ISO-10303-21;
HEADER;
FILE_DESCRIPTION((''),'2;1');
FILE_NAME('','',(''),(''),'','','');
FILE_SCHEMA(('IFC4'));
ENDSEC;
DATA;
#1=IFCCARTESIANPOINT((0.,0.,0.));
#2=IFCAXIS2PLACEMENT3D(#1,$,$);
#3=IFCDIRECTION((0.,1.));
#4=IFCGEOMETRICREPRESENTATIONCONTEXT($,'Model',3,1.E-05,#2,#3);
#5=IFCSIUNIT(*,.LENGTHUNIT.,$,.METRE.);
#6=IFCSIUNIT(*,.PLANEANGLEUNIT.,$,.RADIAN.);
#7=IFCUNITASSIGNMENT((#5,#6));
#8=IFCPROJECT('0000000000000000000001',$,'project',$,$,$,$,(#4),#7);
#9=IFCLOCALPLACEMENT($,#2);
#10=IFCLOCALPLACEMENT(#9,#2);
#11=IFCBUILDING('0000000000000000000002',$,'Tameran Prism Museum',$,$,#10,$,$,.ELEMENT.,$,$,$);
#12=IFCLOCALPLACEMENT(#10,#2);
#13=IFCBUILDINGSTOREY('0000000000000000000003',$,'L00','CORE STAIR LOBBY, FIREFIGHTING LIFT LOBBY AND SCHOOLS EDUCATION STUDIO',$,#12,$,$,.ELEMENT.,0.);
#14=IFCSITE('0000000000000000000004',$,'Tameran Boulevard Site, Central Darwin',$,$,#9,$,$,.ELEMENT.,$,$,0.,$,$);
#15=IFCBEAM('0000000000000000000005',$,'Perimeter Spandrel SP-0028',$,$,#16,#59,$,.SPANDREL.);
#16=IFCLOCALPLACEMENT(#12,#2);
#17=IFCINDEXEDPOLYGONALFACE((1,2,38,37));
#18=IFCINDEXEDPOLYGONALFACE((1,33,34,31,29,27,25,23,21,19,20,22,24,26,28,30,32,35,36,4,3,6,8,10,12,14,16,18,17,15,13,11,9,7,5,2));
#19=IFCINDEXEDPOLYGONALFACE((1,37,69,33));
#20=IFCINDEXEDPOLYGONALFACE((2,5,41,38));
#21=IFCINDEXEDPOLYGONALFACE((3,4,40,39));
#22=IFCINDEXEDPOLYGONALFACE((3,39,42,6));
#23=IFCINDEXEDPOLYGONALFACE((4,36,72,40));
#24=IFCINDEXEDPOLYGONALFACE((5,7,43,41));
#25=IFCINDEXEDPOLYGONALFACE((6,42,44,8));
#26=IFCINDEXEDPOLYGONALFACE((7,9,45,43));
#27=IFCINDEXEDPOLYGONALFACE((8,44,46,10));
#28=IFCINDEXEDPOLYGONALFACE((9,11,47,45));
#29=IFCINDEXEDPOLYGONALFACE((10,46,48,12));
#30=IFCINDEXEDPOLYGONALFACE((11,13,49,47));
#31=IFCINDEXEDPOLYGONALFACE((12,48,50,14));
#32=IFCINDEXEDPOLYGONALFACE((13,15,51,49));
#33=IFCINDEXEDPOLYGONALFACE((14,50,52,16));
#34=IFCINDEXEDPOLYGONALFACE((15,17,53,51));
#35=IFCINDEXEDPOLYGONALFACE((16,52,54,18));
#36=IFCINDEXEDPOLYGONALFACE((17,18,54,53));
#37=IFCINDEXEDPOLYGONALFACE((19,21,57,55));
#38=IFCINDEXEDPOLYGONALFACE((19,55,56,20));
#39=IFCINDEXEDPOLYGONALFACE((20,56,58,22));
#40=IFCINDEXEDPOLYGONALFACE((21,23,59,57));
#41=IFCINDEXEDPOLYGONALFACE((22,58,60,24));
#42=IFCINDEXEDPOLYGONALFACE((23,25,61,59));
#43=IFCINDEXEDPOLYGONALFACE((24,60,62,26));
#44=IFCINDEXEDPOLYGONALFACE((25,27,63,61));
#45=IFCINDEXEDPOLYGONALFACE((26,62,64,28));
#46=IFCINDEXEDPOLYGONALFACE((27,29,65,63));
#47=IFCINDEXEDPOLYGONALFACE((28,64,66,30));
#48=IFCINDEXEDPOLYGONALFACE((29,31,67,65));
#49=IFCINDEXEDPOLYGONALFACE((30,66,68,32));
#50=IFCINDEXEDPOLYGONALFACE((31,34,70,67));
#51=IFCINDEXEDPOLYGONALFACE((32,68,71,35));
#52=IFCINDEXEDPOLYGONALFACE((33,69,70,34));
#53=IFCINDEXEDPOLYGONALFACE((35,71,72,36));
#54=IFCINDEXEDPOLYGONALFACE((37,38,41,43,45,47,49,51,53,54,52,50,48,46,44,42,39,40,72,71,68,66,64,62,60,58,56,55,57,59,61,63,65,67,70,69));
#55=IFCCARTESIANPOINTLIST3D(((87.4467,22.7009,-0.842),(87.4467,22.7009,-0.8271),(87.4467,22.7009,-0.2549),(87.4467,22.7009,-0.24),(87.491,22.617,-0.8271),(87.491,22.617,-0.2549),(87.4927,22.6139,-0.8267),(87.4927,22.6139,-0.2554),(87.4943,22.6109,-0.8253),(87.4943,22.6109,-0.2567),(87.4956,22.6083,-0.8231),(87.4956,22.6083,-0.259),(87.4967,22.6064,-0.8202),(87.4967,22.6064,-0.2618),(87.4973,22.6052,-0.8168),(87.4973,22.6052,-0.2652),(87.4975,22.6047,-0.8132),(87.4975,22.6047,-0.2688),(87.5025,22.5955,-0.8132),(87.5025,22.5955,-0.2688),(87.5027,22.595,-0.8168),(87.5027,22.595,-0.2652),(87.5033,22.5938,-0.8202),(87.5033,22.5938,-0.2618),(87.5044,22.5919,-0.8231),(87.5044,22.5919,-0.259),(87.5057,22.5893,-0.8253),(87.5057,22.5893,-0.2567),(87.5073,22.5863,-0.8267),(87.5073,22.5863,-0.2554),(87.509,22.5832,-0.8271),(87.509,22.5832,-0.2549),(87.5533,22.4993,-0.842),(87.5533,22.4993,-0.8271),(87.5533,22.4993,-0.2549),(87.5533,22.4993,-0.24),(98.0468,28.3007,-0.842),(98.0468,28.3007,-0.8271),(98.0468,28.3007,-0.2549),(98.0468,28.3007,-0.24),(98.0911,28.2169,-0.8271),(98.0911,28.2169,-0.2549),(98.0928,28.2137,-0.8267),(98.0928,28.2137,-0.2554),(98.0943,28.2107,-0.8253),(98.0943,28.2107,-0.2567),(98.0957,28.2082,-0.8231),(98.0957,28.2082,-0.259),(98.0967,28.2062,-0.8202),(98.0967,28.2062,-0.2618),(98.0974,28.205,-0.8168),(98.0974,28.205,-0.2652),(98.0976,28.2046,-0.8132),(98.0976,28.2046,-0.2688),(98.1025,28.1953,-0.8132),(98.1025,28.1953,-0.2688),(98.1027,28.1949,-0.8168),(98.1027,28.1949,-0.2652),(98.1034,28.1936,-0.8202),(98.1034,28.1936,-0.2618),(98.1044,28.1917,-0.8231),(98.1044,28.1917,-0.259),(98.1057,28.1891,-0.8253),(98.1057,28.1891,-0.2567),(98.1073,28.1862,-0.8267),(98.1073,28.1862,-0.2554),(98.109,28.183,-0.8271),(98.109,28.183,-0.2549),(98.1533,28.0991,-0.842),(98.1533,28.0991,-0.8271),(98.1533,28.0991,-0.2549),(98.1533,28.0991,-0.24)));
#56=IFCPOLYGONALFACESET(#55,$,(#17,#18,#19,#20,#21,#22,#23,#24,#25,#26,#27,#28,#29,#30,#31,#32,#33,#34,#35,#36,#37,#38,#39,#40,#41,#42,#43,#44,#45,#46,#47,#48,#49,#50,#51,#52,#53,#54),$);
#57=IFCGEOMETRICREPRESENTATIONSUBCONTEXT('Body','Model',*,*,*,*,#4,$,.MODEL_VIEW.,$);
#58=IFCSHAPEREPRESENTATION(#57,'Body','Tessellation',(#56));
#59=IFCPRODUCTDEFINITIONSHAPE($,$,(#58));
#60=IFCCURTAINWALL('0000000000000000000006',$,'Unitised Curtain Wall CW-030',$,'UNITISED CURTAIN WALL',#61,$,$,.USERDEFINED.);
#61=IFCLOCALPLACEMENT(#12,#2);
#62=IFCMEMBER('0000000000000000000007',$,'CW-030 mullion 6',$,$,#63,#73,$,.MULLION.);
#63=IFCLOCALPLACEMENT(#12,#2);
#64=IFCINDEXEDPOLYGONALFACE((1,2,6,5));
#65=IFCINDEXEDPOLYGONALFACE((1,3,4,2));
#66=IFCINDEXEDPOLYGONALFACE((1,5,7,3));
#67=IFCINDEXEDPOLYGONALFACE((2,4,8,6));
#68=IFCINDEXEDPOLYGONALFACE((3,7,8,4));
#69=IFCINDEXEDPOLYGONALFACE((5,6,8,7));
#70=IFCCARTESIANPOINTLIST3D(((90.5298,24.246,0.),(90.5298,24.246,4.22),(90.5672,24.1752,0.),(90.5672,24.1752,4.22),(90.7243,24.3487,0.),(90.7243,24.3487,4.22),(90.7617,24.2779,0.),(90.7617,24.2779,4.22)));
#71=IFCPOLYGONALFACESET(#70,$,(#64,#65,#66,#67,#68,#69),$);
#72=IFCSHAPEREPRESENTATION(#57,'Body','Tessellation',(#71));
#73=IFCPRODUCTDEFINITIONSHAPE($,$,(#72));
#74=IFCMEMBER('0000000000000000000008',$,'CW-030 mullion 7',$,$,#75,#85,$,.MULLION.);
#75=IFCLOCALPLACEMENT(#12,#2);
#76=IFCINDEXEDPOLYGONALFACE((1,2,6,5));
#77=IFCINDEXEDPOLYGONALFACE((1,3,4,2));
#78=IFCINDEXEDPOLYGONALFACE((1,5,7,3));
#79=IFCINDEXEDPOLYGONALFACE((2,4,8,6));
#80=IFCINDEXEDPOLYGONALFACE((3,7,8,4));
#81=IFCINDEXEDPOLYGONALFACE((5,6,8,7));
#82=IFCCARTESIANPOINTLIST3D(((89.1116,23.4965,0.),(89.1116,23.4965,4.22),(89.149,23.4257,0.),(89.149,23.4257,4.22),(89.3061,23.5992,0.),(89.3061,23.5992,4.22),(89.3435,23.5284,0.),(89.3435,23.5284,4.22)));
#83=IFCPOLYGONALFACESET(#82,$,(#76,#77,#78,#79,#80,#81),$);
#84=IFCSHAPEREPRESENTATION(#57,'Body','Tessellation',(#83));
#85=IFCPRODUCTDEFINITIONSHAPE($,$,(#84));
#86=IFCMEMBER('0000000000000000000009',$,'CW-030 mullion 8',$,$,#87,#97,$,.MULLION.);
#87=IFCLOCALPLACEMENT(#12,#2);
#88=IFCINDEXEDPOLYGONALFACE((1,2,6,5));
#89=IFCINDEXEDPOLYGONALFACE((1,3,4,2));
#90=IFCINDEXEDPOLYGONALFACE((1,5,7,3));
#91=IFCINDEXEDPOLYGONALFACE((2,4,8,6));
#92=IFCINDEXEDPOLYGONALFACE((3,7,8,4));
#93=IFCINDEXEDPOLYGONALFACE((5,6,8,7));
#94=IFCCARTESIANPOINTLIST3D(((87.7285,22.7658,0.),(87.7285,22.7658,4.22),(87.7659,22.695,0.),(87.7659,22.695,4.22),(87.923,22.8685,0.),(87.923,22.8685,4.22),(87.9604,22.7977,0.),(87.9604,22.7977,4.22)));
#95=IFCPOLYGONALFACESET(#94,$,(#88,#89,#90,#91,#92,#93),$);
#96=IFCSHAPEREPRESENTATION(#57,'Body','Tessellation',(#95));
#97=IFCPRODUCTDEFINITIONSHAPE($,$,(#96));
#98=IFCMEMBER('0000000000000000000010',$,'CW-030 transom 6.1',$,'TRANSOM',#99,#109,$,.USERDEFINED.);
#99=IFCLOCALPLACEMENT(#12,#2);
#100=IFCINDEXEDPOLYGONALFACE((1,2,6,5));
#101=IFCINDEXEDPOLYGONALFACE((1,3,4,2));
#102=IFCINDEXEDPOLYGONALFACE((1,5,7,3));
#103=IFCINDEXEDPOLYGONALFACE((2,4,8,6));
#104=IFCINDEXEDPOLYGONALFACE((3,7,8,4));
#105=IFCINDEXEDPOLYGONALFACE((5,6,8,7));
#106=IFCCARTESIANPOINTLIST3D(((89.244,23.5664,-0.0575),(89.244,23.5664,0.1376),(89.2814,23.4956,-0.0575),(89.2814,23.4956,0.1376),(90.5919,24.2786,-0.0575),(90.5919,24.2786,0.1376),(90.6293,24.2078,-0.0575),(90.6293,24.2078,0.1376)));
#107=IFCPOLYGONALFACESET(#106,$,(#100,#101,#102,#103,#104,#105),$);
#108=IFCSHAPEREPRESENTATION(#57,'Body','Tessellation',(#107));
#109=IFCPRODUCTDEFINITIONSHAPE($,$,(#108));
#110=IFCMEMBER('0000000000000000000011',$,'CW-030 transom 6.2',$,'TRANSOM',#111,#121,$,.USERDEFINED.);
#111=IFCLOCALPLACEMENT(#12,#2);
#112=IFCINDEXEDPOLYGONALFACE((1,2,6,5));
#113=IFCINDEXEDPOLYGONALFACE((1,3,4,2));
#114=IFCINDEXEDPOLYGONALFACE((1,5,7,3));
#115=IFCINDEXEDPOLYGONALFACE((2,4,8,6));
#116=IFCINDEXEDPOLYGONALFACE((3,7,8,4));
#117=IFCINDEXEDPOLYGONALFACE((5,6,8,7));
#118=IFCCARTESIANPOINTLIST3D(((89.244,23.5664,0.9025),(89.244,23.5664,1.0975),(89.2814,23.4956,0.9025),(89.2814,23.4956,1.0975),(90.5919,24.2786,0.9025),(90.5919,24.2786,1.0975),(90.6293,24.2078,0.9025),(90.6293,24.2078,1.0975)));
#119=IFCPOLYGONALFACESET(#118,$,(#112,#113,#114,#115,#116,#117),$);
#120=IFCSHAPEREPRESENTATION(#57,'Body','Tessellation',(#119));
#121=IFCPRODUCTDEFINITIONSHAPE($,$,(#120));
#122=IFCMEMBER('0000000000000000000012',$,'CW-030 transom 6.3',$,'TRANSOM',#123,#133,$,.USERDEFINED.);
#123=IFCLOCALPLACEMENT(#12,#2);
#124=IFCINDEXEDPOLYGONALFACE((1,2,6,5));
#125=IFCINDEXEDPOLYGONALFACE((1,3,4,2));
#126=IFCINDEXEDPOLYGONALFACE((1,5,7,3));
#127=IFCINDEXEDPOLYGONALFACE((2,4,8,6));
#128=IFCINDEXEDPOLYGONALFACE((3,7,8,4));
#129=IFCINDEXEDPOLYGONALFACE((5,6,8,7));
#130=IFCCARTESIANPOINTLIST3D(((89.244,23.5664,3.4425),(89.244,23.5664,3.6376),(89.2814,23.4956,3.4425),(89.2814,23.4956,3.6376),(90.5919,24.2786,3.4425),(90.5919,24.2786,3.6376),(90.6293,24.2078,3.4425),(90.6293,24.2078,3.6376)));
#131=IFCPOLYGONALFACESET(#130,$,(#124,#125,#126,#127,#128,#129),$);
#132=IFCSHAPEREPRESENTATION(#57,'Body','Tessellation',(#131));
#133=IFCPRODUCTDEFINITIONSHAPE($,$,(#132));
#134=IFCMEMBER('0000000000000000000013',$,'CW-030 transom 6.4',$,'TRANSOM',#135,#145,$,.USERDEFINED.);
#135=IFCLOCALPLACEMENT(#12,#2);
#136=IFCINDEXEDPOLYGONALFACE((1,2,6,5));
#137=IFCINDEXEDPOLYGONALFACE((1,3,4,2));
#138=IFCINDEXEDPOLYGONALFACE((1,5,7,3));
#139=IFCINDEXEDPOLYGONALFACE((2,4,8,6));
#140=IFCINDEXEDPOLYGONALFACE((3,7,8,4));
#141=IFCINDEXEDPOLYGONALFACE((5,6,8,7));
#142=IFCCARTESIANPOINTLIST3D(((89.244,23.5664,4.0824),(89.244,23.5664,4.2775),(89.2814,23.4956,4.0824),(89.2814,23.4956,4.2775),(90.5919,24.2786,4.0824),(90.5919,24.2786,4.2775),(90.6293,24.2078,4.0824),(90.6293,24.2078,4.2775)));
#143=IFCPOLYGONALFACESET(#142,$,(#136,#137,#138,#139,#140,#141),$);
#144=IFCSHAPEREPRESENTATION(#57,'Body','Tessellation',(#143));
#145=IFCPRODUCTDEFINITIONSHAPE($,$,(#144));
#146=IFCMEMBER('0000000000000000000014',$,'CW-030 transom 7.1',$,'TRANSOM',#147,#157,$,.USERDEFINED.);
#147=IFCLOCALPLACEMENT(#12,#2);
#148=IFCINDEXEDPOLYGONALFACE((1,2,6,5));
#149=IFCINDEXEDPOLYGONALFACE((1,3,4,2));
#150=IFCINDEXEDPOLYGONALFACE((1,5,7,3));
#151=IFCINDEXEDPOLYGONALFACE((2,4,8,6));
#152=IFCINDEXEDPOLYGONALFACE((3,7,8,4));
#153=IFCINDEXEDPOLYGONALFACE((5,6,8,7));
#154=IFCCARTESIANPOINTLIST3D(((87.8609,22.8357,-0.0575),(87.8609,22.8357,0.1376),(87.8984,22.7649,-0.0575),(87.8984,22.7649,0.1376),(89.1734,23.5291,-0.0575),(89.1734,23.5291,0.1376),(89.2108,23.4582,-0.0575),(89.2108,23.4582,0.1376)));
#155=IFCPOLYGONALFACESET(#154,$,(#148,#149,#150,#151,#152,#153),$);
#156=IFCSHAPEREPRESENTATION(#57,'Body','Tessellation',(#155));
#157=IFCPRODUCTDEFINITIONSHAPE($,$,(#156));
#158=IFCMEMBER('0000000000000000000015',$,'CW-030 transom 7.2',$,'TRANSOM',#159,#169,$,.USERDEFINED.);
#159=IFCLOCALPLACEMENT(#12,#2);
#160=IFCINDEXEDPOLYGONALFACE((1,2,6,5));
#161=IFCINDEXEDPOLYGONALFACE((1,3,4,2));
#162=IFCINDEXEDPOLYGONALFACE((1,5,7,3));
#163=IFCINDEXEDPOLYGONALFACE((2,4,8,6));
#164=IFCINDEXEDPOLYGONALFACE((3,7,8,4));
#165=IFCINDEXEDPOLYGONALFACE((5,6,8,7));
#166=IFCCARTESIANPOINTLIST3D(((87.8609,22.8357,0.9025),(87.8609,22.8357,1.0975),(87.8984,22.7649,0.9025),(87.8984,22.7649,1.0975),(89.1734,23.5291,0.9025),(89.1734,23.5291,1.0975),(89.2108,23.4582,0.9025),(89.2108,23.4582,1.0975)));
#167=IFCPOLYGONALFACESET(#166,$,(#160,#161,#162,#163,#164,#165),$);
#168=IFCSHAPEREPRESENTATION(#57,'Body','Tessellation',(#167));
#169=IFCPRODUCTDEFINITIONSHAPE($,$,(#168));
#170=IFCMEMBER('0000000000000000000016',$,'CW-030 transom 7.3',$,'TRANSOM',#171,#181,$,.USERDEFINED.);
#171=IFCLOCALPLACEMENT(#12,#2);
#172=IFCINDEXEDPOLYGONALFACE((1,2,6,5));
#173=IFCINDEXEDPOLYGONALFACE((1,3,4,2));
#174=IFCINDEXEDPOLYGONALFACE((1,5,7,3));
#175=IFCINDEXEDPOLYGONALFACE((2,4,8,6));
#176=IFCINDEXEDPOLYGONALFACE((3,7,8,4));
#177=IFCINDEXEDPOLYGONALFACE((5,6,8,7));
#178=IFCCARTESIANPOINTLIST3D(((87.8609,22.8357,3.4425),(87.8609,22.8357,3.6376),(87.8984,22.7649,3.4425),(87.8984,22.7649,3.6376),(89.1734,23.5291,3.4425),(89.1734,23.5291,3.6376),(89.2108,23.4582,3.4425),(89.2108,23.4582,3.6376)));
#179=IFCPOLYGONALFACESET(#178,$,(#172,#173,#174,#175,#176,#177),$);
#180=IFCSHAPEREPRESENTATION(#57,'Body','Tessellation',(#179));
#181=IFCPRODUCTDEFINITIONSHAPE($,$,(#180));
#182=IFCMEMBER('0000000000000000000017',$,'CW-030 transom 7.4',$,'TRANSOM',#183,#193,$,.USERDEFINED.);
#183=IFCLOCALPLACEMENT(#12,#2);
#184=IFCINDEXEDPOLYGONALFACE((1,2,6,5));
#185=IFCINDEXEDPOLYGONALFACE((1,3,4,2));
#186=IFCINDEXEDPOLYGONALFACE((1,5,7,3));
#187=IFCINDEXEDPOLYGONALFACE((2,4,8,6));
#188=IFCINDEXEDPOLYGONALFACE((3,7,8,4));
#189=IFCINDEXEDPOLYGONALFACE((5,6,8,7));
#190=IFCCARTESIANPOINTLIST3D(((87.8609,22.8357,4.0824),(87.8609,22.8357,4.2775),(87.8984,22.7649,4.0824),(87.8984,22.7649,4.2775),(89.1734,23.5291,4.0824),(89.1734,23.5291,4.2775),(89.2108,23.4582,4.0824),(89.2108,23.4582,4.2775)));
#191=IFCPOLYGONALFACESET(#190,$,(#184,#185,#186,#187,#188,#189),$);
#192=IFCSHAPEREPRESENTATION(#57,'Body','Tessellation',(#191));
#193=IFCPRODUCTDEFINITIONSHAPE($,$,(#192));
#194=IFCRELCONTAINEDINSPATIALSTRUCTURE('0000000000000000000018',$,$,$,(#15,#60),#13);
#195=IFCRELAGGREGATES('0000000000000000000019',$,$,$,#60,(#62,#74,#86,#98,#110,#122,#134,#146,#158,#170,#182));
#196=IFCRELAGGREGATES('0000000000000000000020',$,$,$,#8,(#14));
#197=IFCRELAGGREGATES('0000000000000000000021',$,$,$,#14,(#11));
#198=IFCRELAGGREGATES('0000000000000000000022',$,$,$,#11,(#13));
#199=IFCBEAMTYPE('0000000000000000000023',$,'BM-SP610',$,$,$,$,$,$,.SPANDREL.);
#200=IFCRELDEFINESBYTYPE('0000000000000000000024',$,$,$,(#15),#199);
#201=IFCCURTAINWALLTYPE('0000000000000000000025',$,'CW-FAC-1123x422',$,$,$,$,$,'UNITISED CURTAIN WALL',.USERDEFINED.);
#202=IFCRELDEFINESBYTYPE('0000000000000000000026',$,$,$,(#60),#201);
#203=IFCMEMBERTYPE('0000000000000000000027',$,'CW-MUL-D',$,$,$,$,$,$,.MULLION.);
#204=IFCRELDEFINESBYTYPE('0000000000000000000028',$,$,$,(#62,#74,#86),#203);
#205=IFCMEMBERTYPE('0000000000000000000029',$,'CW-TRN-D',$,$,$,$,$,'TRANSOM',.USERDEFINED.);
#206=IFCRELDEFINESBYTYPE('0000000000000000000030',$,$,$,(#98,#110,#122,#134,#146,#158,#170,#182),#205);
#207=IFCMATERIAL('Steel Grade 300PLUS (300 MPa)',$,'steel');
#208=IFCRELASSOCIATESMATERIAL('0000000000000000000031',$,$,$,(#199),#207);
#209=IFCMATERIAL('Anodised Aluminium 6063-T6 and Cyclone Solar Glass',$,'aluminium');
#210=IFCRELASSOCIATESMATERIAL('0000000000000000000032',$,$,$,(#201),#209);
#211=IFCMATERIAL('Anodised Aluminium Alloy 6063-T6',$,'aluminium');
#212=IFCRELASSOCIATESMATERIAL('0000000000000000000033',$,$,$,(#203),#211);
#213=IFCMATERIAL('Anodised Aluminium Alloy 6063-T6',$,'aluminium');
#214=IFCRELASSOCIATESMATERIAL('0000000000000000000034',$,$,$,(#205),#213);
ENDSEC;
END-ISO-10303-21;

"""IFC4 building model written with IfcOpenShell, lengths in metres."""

from ifc_helpers import new_model, si_unit, direction, frame, origin, origin_2d, place, context, subcontext, project, spatial, rectangle, i_section, extrude, material, material_profile, profile_set, type_object, element, aggregate, save


model = new_model("IFC4")

# Units and contexts
model_context = context("Model", 3, precision=1e-05, world=origin(), true_north=direction((0.0, 1.0)))
body_context = subcontext(model_context, "Body", "Model", "MODEL_VIEW")
ifc_project = project(units=[si_unit("LENGTHUNIT", "METRE"), si_unit("PLANEANGLEUNIT", "RADIAN")], contexts=[model_context])

# Site, building, storey
site_placement = place(None, origin())
site = spatial("IfcSite", under=ifc_project, at=site_placement, Name="Tameran Boulevard Site, Central Darwin", CompositionType="ELEMENT", RefElevation=0.0)
building_placement = place(site_placement, origin())
building = spatial("IfcBuilding", under=site, at=building_placement, Name="Tameran Prism Museum", CompositionType="ELEMENT")
storey_placement = place(building_placement, origin())
storey = spatial("IfcBuildingStorey", under=building, at=storey_placement, Name="L00", Description="CORE STAIR LOBBY, FIREFIGHTING LIFT LOBBY AND SCHOOLS EDUCATION STUDIO", CompositionType="ELEMENT", Elevation=0.0)

# Beam
ifc_material_1 = material(Name="Steel Grade 300PLUS (300 MPa)", Category="steel")
ifc_material_profile_1 = material_profile(ifc_material_1, i_section(OverallWidth=0.228, OverallDepth=0.6021, WebThickness=0.0105, FlangeThickness=0.0149, FilletRadius=0.0139, at=origin_2d()))
ifc_profile_set_1 = profile_set([ifc_material_profile_1])
beam_type_1 = type_object("IfcBeamType", Name="BM-SP610", PredefinedType="SPANDREL", material=ifc_profile_set_1)
beam_1_placement = place(storey_placement, frame((87.5, 22.6001, -0.541), z_axis=(0.8842, 0.467108, 0.0), x_axis=(-0.467108, 0.8842, 0.0)))
element("IfcBeam", 1, at=beam_1_placement, inside=storey, type_object=beam_type_1, Name="Perimeter Spandrel SP-0028", PredefinedType="SPANDREL", context=body_context, shape_type="SweptSolid", body=[
    extrude(i_section(OverallWidth=0.228, OverallDepth=0.6021, WebThickness=0.0105, FlangeThickness=0.0149, FilletRadius=0.0139, at=origin_2d()), origin(), (0.0, 0.0, 1.0), 11.9883),
])

# Curtain wall, members
ifc_material_2 = material(Name="Anodised Aluminium 6063-T6 and Cyclone Solar Glass", Category="aluminium")
curtain_wall_type = type_object("IfcCurtainWallType", Name="CW-FAC-1123x422", ElementType="UNITISED CURTAIN WALL", PredefinedType="USERDEFINED", material=ifc_material_2)
curtain_wall_placement = place(storey_placement, origin())
curtain_wall = element("IfcCurtainWall", 2, at=curtain_wall_placement, inside=storey, type_object=curtain_wall_type, Name="Unitised Curtain Wall CW-030", ObjectType="UNITISED CURTAIN WALL", PredefinedType="USERDEFINED")
ifc_material_3 = material(Name="Anodised Aluminium Alloy 6063-T6", Category="aluminium")
ifc_material_profile_2 = material_profile(ifc_material_3, rectangle(XDim=0.0801, YDim=0.22, at=origin_2d()))
ifc_profile_set_2 = profile_set([ifc_material_profile_2])
member_type_1 = type_object("IfcMemberType", Name="CW-MUL-D", PredefinedType="MULLION", material=ifc_profile_set_2)
member_1_placement = place(storey_placement, frame((90.6458, 24.262, 0.0), z_axis=(0.0, 0.0, 1.0), x_axis=(0.467155, -0.884175, 0.0)))
member_1 = element("IfcMember", 3, at=member_1_placement, type_object=member_type_1, Name="CW-030 mullion 6", PredefinedType="MULLION", context=body_context, shape_type="SweptSolid", body=[
    extrude(rectangle(XDim=0.0801, YDim=0.22, at=origin_2d()), origin(), (0.0, 0.0, 1.0), 4.22),
])
member_2_placement = place(storey_placement, frame((89.2275, 23.5125, 0.0), z_axis=(0.0, 0.0, 1.0), x_axis=(0.467155, -0.884175, 0.0)))
member_2 = element("IfcMember", 4, at=member_2_placement, type_object=member_type_1, Name="CW-030 mullion 7", PredefinedType="MULLION", context=body_context, shape_type="SweptSolid", body=[
    extrude(rectangle(XDim=0.0801, YDim=0.22, at=origin_2d()), origin(), (0.0, 0.0, 1.0), 4.22),
])
member_3_placement = place(storey_placement, frame((87.8445, 22.7817, 0.0), z_axis=(0.0, 0.0, 1.0), x_axis=(0.467155, -0.884175, 0.0)))
member_3 = element("IfcMember", 5, at=member_3_placement, type_object=member_type_1, Name="CW-030 mullion 8", PredefinedType="MULLION", context=body_context, shape_type="SweptSolid", body=[
    extrude(rectangle(XDim=0.0801, YDim=0.22, at=origin_2d()), origin(), (0.0, 0.0, 1.0), 4.22),
])
ifc_material_4 = material(Name="Anodised Aluminium Alloy 6063-T6", Category="aluminium")
ifc_material_profile_3 = material_profile(ifc_material_4, rectangle(XDim=0.0801, YDim=0.1951, at=origin_2d()))
ifc_profile_set_3 = profile_set([ifc_material_profile_3])
member_type_2 = type_object("IfcMemberType", Name="CW-TRN-D", ElementType="TRANSOM", PredefinedType="USERDEFINED", material=ifc_profile_set_3)
member_4_placement = place(storey_placement, frame((90.6106, 24.2432, 0.04), z_axis=(-0.884177, -0.467152, 0.0), x_axis=(0.467152, -0.884177, 0.0)))
member_4 = element("IfcMember", 6, at=member_4_placement, type_object=member_type_2, Name="CW-030 transom 6.1", ObjectType="TRANSOM", PredefinedType="USERDEFINED", context=body_context, shape_type="SweptSolid", body=[
    extrude(rectangle(XDim=0.0801, YDim=0.1951, at=origin_2d()), origin(), (0.0, 0.0, 1.0), 1.5244),
])
member_5_placement = place(storey_placement, frame((90.6106, 24.2432, 1.0), z_axis=(-0.884177, -0.467152, 0.0), x_axis=(0.467152, -0.884177, 0.0)))
member_5 = element("IfcMember", 7, at=member_5_placement, type_object=member_type_2, Name="CW-030 transom 6.2", ObjectType="TRANSOM", PredefinedType="USERDEFINED", context=body_context, shape_type="SweptSolid", body=[
    extrude(rectangle(XDim=0.0801, YDim=0.1951, at=origin_2d()), origin(), (0.0, 0.0, 1.0), 1.5244),
])
member_6_placement = place(storey_placement, frame((90.6106, 24.2432, 3.54), z_axis=(-0.884177, -0.467152, 0.0), x_axis=(0.467152, -0.884177, 0.0)))
member_6 = element("IfcMember", 8, at=member_6_placement, type_object=member_type_2, Name="CW-030 transom 6.3", ObjectType="TRANSOM", PredefinedType="USERDEFINED", context=body_context, shape_type="SweptSolid", body=[
    extrude(rectangle(XDim=0.0801, YDim=0.1951, at=origin_2d()), origin(), (0.0, 0.0, 1.0), 1.5244),
])
member_7_placement = place(storey_placement, frame((90.6106, 24.2432, 4.1799), z_axis=(-0.884177, -0.467152, 0.0), x_axis=(0.467152, -0.884177, 0.0)))
member_7 = element("IfcMember", 9, at=member_7_placement, type_object=member_type_2, Name="CW-030 transom 6.4", ObjectType="TRANSOM", PredefinedType="USERDEFINED", context=body_context, shape_type="SweptSolid", body=[
    extrude(rectangle(XDim=0.0801, YDim=0.1951, at=origin_2d()), origin(), (0.0, 0.0, 1.0), 1.5244),
])
member_8_placement = place(storey_placement, frame((89.1921, 23.4937, 0.04), z_axis=(-0.884204, -0.467102, 0.0), x_axis=(0.467102, -0.884204, 0.0)))
member_8 = element("IfcMember", 10, at=member_8_placement, type_object=member_type_2, Name="CW-030 transom 7.1", ObjectType="TRANSOM", PredefinedType="USERDEFINED", context=body_context, shape_type="SweptSolid", body=[
    extrude(rectangle(XDim=0.0801, YDim=0.1951, at=origin_2d()), origin(), (0.0, 0.0, 1.0), 1.4844),
])
member_9_placement = place(storey_placement, frame((89.1921, 23.4937, 1.0), z_axis=(-0.884204, -0.467102, 0.0), x_axis=(0.467102, -0.884204, 0.0)))
member_9 = element("IfcMember", 11, at=member_9_placement, type_object=member_type_2, Name="CW-030 transom 7.2", ObjectType="TRANSOM", PredefinedType="USERDEFINED", context=body_context, shape_type="SweptSolid", body=[
    extrude(rectangle(XDim=0.0801, YDim=0.1951, at=origin_2d()), origin(), (0.0, 0.0, 1.0), 1.4844),
])
member_10_placement = place(storey_placement, frame((89.1921, 23.4937, 3.54), z_axis=(-0.884204, -0.467102, 0.0), x_axis=(0.467102, -0.884204, 0.0)))
member_10 = element("IfcMember", 12, at=member_10_placement, type_object=member_type_2, Name="CW-030 transom 7.3", ObjectType="TRANSOM", PredefinedType="USERDEFINED", context=body_context, shape_type="SweptSolid", body=[
    extrude(rectangle(XDim=0.0801, YDim=0.1951, at=origin_2d()), origin(), (0.0, 0.0, 1.0), 1.4844),
])
member_11_placement = place(storey_placement, frame((89.1921, 23.4937, 4.1799), z_axis=(-0.884204, -0.467102, 0.0), x_axis=(0.467102, -0.884204, 0.0)))
member_11 = element("IfcMember", 13, at=member_11_placement, type_object=member_type_2, Name="CW-030 transom 7.4", ObjectType="TRANSOM", PredefinedType="USERDEFINED", context=body_context, shape_type="SweptSolid", body=[
    extrude(rectangle(XDim=0.0801, YDim=0.1951, at=origin_2d()), origin(), (0.0, 0.0, 1.0), 1.4844),
])
aggregate(curtain_wall, [member_1, member_2, member_3, member_4, member_5, member_6, member_7, member_8, member_9, member_10, member_11])

save(model, "model.ifc")
